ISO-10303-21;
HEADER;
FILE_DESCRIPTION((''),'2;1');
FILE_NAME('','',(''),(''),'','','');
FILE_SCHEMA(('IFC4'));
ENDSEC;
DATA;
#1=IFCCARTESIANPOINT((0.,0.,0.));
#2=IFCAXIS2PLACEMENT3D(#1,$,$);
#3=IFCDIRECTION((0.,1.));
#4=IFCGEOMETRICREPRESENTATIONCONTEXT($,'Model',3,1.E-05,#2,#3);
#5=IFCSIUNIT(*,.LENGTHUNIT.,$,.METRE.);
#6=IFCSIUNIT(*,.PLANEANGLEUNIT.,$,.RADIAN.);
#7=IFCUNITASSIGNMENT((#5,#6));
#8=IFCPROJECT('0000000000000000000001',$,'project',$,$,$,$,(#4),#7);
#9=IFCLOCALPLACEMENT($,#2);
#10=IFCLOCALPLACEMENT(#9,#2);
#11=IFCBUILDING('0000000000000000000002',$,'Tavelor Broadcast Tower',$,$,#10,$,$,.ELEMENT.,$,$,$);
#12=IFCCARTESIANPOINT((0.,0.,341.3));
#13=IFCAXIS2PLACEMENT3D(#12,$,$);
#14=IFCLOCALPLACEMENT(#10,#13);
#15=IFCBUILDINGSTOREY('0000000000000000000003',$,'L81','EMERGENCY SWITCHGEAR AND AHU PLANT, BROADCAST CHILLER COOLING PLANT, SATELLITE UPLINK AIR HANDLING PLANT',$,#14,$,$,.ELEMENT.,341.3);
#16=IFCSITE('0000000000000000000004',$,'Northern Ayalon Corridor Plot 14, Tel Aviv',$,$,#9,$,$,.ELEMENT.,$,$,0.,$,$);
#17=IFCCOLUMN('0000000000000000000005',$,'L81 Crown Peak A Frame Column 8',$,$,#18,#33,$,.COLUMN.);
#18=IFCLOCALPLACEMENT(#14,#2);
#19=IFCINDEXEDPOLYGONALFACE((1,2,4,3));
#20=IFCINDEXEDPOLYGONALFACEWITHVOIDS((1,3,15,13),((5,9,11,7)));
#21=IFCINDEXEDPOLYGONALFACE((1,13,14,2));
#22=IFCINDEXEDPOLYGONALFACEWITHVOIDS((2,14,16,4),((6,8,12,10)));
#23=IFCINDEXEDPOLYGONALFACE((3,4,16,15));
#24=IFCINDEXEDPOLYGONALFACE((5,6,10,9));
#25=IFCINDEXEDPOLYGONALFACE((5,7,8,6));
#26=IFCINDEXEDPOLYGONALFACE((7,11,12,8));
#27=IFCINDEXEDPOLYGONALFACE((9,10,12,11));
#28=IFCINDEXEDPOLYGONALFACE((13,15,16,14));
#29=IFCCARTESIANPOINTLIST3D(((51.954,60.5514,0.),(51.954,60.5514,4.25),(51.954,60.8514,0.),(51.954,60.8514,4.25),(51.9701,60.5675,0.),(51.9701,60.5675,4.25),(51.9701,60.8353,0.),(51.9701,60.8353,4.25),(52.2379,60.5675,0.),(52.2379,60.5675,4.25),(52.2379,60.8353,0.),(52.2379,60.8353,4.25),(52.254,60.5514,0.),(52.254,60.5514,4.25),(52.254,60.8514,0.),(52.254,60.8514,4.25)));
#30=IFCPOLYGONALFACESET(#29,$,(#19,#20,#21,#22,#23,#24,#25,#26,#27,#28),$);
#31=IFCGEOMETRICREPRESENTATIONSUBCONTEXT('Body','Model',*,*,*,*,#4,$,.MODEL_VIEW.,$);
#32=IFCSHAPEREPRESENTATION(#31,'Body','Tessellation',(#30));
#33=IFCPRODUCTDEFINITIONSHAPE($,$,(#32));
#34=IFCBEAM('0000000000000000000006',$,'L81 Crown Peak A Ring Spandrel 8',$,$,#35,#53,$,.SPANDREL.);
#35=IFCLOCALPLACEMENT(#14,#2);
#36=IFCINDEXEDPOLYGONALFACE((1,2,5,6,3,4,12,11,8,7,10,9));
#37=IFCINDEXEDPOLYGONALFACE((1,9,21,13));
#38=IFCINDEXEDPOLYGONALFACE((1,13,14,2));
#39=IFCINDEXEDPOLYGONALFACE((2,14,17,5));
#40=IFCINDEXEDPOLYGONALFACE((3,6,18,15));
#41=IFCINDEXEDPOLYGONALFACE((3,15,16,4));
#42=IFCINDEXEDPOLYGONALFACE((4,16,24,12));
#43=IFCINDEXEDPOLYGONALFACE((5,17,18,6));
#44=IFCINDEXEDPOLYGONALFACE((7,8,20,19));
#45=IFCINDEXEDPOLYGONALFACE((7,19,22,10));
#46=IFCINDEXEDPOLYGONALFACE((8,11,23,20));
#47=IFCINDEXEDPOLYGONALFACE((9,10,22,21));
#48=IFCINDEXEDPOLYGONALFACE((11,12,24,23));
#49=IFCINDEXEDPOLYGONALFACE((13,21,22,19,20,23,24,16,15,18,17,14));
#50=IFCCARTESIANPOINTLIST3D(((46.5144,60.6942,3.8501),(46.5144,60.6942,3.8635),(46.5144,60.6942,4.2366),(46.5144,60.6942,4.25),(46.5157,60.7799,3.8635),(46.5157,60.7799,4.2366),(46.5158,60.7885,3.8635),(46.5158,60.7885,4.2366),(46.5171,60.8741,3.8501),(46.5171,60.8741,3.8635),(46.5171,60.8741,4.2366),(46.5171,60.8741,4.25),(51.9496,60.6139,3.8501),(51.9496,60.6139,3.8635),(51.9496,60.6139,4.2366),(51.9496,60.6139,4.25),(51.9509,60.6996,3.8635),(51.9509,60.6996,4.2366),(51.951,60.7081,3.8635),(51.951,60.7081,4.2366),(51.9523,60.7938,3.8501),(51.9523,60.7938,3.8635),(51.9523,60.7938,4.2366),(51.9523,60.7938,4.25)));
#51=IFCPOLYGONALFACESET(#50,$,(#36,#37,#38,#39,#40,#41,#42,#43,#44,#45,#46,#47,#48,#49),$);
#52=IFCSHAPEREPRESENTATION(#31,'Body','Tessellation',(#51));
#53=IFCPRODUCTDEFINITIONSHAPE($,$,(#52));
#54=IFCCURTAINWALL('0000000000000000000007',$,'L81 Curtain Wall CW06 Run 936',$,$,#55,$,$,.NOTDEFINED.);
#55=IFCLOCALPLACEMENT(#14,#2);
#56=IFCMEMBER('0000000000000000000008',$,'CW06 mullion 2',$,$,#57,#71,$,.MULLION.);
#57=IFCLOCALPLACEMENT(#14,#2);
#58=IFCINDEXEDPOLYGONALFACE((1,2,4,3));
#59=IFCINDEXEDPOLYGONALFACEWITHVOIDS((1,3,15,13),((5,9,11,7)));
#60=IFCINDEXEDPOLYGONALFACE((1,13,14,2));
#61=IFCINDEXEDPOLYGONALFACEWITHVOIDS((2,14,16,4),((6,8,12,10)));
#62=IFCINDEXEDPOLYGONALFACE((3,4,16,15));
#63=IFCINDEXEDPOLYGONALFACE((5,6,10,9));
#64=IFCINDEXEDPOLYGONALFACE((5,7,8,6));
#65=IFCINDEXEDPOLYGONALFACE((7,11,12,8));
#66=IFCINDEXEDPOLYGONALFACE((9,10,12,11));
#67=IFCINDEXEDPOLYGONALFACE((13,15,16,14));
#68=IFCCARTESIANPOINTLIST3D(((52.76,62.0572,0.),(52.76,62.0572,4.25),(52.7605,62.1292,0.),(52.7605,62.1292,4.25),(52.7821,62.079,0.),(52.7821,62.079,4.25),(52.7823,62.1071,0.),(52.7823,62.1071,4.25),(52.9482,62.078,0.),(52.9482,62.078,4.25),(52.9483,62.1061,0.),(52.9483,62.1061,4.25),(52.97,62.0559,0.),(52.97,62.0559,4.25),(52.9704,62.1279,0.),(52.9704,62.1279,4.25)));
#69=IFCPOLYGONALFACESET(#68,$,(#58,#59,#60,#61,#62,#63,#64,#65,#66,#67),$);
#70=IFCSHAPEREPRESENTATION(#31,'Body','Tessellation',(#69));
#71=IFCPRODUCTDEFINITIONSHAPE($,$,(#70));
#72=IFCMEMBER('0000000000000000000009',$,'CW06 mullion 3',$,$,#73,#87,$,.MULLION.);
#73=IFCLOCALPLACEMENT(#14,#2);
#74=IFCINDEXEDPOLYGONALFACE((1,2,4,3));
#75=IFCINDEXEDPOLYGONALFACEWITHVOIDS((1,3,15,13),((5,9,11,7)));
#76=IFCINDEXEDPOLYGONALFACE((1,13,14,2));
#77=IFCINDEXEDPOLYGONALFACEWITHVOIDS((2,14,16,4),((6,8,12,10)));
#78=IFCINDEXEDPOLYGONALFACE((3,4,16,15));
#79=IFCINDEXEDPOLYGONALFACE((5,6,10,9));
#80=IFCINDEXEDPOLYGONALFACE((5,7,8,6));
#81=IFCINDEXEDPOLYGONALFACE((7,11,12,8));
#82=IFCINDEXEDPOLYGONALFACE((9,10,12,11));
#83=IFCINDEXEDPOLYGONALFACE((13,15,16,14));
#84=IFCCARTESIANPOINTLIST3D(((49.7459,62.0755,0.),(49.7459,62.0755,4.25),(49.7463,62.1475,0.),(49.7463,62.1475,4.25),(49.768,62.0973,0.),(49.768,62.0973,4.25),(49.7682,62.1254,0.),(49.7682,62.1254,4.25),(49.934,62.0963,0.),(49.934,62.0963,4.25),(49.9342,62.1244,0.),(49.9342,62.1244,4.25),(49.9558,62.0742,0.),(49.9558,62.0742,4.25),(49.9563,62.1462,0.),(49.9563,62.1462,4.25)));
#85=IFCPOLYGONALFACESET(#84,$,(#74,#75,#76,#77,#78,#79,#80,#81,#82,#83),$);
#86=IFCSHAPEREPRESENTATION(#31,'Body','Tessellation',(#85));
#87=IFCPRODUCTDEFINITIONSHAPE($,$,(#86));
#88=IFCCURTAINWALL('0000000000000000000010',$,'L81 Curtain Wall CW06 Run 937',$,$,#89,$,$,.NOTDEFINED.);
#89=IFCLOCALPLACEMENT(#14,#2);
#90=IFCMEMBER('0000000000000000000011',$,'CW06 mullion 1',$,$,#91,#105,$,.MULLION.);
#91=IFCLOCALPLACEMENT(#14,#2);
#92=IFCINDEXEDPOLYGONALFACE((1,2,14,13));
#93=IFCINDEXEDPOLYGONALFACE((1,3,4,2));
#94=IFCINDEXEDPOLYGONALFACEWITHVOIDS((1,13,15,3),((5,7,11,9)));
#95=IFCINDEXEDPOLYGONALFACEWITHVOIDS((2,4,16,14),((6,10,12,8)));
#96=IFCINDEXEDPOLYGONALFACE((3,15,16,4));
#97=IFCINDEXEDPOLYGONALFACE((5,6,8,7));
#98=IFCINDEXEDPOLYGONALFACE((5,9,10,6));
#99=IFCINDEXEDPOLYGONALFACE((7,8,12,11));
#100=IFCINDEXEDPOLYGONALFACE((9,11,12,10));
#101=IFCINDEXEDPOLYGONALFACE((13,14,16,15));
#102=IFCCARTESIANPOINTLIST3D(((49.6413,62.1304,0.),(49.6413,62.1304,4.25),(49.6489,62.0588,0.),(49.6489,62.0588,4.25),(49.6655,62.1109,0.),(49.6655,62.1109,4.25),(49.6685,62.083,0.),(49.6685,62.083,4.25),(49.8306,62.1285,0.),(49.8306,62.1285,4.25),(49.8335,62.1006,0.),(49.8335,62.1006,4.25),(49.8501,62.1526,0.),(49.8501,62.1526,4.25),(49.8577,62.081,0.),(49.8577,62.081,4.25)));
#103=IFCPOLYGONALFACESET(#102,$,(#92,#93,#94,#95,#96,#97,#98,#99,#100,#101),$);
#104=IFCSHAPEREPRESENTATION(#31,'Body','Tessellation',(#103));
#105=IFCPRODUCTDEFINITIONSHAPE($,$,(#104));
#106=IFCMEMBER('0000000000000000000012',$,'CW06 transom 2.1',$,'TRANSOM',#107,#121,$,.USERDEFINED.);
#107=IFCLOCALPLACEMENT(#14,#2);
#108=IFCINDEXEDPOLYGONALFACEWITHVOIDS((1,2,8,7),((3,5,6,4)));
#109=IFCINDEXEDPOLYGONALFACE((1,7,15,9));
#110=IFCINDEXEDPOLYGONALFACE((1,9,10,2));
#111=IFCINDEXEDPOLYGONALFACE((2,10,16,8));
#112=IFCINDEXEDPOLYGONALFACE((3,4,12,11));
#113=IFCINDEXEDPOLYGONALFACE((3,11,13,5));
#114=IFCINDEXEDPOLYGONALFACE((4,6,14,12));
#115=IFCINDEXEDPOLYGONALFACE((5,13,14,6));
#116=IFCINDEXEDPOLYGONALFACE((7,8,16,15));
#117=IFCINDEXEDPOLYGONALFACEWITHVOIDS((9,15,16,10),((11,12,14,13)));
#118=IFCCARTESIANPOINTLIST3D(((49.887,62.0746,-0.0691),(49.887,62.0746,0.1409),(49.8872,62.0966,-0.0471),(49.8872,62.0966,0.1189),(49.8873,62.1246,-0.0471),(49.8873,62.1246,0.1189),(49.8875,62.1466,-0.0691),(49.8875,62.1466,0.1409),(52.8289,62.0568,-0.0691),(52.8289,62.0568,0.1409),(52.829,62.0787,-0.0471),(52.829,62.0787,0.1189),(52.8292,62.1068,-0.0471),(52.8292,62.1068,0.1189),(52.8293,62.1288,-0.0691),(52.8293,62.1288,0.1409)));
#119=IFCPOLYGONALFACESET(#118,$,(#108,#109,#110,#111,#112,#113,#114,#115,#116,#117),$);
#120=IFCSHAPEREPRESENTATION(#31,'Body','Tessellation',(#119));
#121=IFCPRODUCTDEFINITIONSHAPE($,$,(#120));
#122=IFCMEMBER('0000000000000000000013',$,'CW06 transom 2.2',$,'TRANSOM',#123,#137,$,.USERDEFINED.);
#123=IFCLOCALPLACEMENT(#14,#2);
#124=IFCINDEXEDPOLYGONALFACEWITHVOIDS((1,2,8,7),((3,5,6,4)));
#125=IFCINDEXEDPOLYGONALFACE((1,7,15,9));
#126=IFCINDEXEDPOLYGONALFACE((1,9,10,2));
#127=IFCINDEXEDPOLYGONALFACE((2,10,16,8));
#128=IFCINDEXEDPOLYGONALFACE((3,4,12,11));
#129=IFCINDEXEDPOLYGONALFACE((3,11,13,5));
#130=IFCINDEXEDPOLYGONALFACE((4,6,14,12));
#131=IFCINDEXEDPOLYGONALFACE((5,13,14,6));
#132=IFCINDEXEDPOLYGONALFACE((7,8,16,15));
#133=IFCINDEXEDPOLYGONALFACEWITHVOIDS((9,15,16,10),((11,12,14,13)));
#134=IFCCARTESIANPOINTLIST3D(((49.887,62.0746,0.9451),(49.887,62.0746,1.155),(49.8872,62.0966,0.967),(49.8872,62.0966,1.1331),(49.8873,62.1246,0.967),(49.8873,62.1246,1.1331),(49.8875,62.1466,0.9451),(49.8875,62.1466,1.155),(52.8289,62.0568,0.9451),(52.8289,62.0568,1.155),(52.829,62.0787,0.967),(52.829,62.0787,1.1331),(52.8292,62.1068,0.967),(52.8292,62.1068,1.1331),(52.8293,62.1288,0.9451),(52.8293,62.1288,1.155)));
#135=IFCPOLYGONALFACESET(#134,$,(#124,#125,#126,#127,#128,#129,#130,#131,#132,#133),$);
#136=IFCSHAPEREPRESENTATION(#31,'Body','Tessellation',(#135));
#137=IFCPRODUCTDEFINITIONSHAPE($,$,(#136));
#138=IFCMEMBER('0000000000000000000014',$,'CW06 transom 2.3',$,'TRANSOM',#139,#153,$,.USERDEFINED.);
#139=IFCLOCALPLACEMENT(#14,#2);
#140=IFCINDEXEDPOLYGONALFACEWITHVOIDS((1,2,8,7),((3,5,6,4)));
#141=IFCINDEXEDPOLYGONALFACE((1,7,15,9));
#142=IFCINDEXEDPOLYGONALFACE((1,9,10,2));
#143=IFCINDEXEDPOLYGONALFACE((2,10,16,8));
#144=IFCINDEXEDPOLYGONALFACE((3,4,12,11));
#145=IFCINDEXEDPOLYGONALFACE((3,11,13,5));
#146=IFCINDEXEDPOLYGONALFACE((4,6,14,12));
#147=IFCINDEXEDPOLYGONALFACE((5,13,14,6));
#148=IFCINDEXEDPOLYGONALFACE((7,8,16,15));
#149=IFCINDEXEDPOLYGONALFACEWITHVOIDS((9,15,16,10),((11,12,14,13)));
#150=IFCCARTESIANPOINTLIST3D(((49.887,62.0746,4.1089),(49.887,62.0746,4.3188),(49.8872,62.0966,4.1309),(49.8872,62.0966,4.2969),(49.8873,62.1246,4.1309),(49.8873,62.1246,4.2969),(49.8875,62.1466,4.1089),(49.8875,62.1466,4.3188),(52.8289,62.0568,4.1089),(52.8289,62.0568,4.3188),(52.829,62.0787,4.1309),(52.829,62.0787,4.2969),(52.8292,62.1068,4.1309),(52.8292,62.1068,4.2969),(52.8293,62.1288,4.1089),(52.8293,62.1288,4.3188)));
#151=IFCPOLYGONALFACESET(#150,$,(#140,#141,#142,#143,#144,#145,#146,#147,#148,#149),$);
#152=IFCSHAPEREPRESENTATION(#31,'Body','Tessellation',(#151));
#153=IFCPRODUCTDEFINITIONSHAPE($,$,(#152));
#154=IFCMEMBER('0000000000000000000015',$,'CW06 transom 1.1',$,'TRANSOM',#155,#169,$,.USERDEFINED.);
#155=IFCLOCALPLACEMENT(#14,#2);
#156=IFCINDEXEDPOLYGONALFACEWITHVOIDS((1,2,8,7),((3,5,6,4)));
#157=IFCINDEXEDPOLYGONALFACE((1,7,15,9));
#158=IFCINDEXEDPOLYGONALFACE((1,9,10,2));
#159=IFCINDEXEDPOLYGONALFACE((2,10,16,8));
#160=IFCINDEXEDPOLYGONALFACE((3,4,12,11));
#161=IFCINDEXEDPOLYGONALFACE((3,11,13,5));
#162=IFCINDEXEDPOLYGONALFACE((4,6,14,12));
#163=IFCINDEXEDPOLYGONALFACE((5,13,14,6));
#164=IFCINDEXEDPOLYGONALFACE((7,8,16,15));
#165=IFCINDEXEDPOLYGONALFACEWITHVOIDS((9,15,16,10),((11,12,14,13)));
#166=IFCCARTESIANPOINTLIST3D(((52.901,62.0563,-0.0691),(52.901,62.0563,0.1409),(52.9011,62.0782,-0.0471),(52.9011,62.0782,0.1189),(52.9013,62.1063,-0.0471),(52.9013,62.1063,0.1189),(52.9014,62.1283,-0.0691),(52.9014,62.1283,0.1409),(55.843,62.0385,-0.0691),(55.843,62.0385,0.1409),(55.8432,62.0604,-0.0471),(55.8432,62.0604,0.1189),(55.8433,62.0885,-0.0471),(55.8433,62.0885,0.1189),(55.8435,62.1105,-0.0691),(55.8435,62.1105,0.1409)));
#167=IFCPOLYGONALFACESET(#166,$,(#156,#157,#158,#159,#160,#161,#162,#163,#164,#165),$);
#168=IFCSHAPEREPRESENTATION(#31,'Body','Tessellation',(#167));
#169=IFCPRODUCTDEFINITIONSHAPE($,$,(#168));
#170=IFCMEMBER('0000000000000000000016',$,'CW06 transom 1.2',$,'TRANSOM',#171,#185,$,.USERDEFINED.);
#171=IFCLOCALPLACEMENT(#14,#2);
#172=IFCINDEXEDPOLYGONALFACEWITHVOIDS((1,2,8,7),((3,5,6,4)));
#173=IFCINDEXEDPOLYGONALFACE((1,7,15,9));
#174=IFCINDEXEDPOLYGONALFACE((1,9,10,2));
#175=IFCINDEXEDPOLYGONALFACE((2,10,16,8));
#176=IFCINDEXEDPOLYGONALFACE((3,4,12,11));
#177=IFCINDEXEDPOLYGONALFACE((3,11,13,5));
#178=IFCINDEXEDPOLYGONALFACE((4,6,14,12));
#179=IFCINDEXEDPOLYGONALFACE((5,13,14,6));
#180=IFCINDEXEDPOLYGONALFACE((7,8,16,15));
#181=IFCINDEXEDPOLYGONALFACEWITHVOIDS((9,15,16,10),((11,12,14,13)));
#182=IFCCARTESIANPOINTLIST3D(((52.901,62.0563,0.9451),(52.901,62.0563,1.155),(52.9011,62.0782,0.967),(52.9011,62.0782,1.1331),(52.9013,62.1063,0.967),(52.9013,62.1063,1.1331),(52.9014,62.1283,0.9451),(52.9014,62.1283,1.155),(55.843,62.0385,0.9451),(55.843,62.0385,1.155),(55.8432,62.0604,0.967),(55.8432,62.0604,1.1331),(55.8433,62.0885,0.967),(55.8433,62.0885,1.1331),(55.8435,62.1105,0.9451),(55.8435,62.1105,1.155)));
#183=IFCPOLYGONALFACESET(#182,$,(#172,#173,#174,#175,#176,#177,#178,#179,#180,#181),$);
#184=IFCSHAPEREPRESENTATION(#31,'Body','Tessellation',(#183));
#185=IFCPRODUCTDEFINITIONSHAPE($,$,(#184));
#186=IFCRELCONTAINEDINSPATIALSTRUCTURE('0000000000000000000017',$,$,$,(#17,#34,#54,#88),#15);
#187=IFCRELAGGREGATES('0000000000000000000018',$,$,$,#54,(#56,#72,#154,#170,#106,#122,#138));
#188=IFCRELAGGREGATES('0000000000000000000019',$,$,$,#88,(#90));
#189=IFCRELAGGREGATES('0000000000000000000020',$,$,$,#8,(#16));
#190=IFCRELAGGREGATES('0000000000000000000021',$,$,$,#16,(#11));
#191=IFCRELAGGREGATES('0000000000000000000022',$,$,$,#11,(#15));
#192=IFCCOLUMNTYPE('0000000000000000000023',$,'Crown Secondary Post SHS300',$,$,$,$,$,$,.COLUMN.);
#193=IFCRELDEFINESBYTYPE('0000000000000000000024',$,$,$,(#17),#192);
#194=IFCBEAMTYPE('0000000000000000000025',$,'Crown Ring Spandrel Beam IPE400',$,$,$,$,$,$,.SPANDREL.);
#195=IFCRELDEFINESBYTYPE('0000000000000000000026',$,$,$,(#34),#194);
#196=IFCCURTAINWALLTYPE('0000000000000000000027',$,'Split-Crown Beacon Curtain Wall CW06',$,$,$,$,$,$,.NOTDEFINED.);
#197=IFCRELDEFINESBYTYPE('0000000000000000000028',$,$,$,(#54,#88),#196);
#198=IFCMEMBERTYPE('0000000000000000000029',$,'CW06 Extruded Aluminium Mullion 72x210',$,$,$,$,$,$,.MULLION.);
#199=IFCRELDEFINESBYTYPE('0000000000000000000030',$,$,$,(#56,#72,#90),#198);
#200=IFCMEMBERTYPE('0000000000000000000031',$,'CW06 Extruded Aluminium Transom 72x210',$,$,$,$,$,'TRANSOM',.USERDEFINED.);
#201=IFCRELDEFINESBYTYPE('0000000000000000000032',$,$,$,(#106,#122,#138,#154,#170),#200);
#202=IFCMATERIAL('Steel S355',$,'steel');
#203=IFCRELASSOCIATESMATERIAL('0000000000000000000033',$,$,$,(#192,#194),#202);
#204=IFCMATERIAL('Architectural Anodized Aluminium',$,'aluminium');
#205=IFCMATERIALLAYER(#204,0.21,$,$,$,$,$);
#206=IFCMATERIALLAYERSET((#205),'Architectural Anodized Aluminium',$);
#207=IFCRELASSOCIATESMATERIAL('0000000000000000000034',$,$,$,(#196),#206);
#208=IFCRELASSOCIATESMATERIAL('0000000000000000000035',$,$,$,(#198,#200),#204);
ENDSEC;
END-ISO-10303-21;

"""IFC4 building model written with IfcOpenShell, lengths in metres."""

from ifc_helpers import new_model, si_unit, direction, frame, origin, origin_2d, place, context, subcontext, project, spatial, hollow_rectangle, i_section, extrude, source, transform, mapped, material, layer, layer_set, material_profile, profile_set, type_object, type_shapes, element, aggregate, save


model = new_model("IFC4")

# Units and contexts
model_context = context("Model", 3, precision=1e-05, world=origin(), true_north=direction((0.0, 1.0)))
body_context = subcontext(model_context, "Body", "Model", "MODEL_VIEW")
ifc_project = project(units=[si_unit("LENGTHUNIT", "METRE"), si_unit("PLANEANGLEUNIT", "RADIAN")], contexts=[model_context])

# Site, building, storey
site_placement = place(None, origin())
site = spatial("IfcSite", under=ifc_project, at=site_placement, Name="Northern Ayalon Corridor Plot 14, Tel Aviv", CompositionType="ELEMENT", RefElevation=0.0)
building_placement = place(site_placement, origin())
building = spatial("IfcBuilding", under=site, at=building_placement, Name="Tavelor Broadcast Tower", CompositionType="ELEMENT")
storey_placement = place(building_placement, frame((0.0, 0.0, 341.3)))
storey = spatial("IfcBuildingStorey", under=building, at=storey_placement, Name="L81", Description="EMERGENCY SWITCHGEAR AND AHU PLANT, BROADCAST CHILLER COOLING PLANT, SATELLITE UPLINK AIR HANDLING PLANT", CompositionType="ELEMENT", Elevation=341.3)

# Column
ifc_material_1 = material(Name="Steel S355", Category="steel")
ifc_material_profile_1 = material_profile(ifc_material_1, hollow_rectangle(XDim=0.3, YDim=0.3, WallThickness=0.0161, at=origin_2d()), Name="SHS 300x300x16")
ifc_profile_set_1 = profile_set([ifc_material_profile_1], Name="Steel S355")
column_type = type_object("IfcColumnType", Name="Crown Secondary Post SHS300", PredefinedType="COLUMN", material=ifc_profile_set_1)
column_placement = place(storey_placement, frame((52.104, 60.7014, 0.0), z_axis=(0.0, 0.0, 1.0), x_axis=(1.0, 0.0, 0.0)))
element("IfcColumn", 1, at=column_placement, inside=storey, type_object=column_type, Name="L81 Crown Peak A Frame Column 8", PredefinedType="COLUMN", context=body_context, shape_type="SweptSolid", body=[
    extrude(hollow_rectangle(XDim=0.3, YDim=0.3, WallThickness=0.0161, at=origin_2d()), origin(), (0.0, 0.0, 1.0), 4.25),
])

# Beam
ifc_material_profile_2 = material_profile(ifc_material_1, i_section(OverallWidth=0.1799, OverallDepth=0.3999, WebThickness=0.0085, FlangeThickness=0.0134, at=origin_2d()), Name="IPE 400")
ifc_profile_set_2 = profile_set([ifc_material_profile_2], Name="Steel S355")
beam_type = type_object("IfcBeamType", Name="Crown Ring Spandrel Beam IPE400", PredefinedType="SPANDREL", material=ifc_profile_set_2)
beam_placement = place(storey_placement, frame((51.9509, 60.7039, 4.05), z_axis=(-0.999891, 0.014776, 0.0), x_axis=(-0.014776, -0.999891, 0.0)))
element("IfcBeam", 2, at=beam_placement, inside=storey, type_object=beam_type, Name="L81 Crown Peak A Ring Spandrel 8", PredefinedType="SPANDREL", context=body_context, shape_type="SweptSolid", body=[
    extrude(i_section(OverallWidth=0.1799, OverallDepth=0.3999, WebThickness=0.0085, FlangeThickness=0.0134, at=origin_2d()), origin(), (0.0, 0.0, 1.0), 5.4358),
])

# Curtain wall, members
ifc_material_2 = material(Name="Architectural Anodized Aluminium", Category="aluminium")
ifc_layer_1 = layer(ifc_material_2, 0.21)
ifc_layer_set_1 = layer_set([ifc_layer_1], Name="Architectural Anodized Aluminium")
curtain_wall_type = type_object("IfcCurtainWallType", Name="Split-Crown Beacon Curtain Wall CW06", PredefinedType="NOTDEFINED", material=ifc_layer_set_1)
curtain_wall_1_placement = place(storey_placement, origin())
curtain_wall_1 = element("IfcCurtainWall", 3, at=curtain_wall_1_placement, inside=storey, type_object=curtain_wall_type, Name="L81 Curtain Wall CW06 Run 936", PredefinedType="NOTDEFINED")
ifc_material_profile_3 = material_profile(ifc_material_2, hollow_rectangle(XDim=0.072, YDim=0.21, WallThickness=0.022, at=origin_2d()), Name="RHS 72x210x22")
ifc_profile_set_3 = profile_set([ifc_material_profile_3], Name="Architectural Anodized Aluminium")
member_type_1 = type_object("IfcMemberType", Name="CW06 Extruded Aluminium Mullion 72x210", PredefinedType="MULLION", material=ifc_profile_set_3)
shared_shape_1 = source(origin(), body_context, "Body", "SweptSolid", [
    extrude(hollow_rectangle(XDim=0.072, YDim=0.21, WallThickness=0.022, at=origin_2d()), origin(), (0.0, 0.0, 1.0), 4.25),
])
type_shapes(member_type_1, [shared_shape_1])
member_1_placement = place(storey_placement, frame((52.8652, 62.0925, 0.0), z_axis=(0.0, 0.0, 1.0), x_axis=(-0.006082, -0.999982, 0.0)))
member_1 = element("IfcMember", 4, at=member_1_placement, type_object=member_type_1, Name="CW06 mullion 2", PredefinedType="MULLION", context=body_context, shape_type="MappedRepresentation", body=[
    mapped(shared_shape_1, transform((0.0, 0.0, 0.0), scale=1.0)),
])
member_2_placement = place(storey_placement, frame((49.8511, 62.1108, 0.0), z_axis=(0.0, 0.0, 1.0), x_axis=(-0.006082, -0.999982, 0.0)))
member_2 = element("IfcMember", 5, at=member_2_placement, type_object=member_type_1, Name="CW06 mullion 3", PredefinedType="MULLION", context=body_context, shape_type="MappedRepresentation", body=[
    mapped(shared_shape_1, transform((0.0, 0.0, 0.0), scale=1.0)),
])

# Curtain wall, member
curtain_wall_2_placement = place(storey_placement, origin())
curtain_wall_2 = element("IfcCurtainWall", 6, at=curtain_wall_2_placement, inside=storey, type_object=curtain_wall_type, Name="L81 Curtain Wall CW06 Run 937", PredefinedType="NOTDEFINED")
member_3_placement = place(storey_placement, frame((49.7495, 62.1057, 0.0), z_axis=(0.0, 0.0, 1.0), x_axis=(0.105995, -0.994367, 0.0)))
member_3 = element("IfcMember", 7, at=member_3_placement, type_object=member_type_1, Name="CW06 mullion 1", PredefinedType="MULLION", context=body_context, shape_type="MappedRepresentation", body=[
    mapped(shared_shape_1, transform((0.0, 0.0, 0.0), scale=1.0)),
])

# Members
ifc_material_profile_4 = material_profile(ifc_material_2, hollow_rectangle(XDim=0.072, YDim=0.21, WallThickness=0.022, at=origin_2d()), Name="RHS 72x210x22")
ifc_profile_set_4 = profile_set([ifc_material_profile_4], Name="Architectural Anodized Aluminium")
member_type_2 = type_object("IfcMemberType", Name="CW06 Extruded Aluminium Transom 72x210", ElementType="TRANSOM", PredefinedType="USERDEFINED", material=ifc_profile_set_4)
shared_shape_2 = source(origin(), body_context, "Body", "SweptSolid", [
    extrude(hollow_rectangle(XDim=0.072, YDim=0.21, WallThickness=0.022, at=origin_2d()), origin(), (0.0, 0.0, 1.0), 2.9419),
])
member_4_placement = place(storey_placement, frame((52.8291, 62.0928, 0.0359), z_axis=(-0.999982, 0.006058, 0.0), x_axis=(-0.006058, -0.999982, 0.0)))
member_4 = element("IfcMember", 8, at=member_4_placement, type_object=member_type_2, Name="CW06 transom 2.1", ObjectType="TRANSOM", PredefinedType="USERDEFINED", context=body_context, shape_type="MappedRepresentation", body=[
    mapped(shared_shape_2, transform((0.0, 0.0, 0.0), scale=1.0)),
])
member_5_placement = place(storey_placement, frame((52.8291, 62.0928, 1.05), z_axis=(-0.999982, 0.006058, 0.0), x_axis=(-0.006058, -0.999982, 0.0)))
member_5 = element("IfcMember", 9, at=member_5_placement, type_object=member_type_2, Name="CW06 transom 2.2", ObjectType="TRANSOM", PredefinedType="USERDEFINED", context=body_context, shape_type="MappedRepresentation", body=[
    mapped(shared_shape_2, transform((0.0, 0.0, 0.0), scale=1.0)),
])
member_6_placement = place(storey_placement, frame((52.8291, 62.0928, 4.2139), z_axis=(-0.999982, 0.006058, 0.0), x_axis=(-0.006058, -0.999982, 0.0)))
member_6 = element("IfcMember", 10, at=member_6_placement, type_object=member_type_2, Name="CW06 transom 2.3", ObjectType="TRANSOM", PredefinedType="USERDEFINED", context=body_context, shape_type="MappedRepresentation", body=[
    mapped(shared_shape_2, transform((0.0, 0.0, 0.0), scale=1.0)),
])
shared_shape_3 = source(origin(), body_context, "Body", "SweptSolid", [
    extrude(hollow_rectangle(XDim=0.072, YDim=0.21, WallThickness=0.022, at=origin_2d()), origin(), (0.0, 0.0, 1.0), 2.9421),
])
type_shapes(member_type_2, [shared_shape_2, shared_shape_3])
member_7_placement = place(storey_placement, frame((55.8433, 62.0745, 0.0359), z_axis=(-0.999982, 0.006057, 0.0), x_axis=(-0.006057, -0.999982, 0.0)))
member_7 = element("IfcMember", 11, at=member_7_placement, type_object=member_type_2, Name="CW06 transom 1.1", ObjectType="TRANSOM", PredefinedType="USERDEFINED", context=body_context, shape_type="MappedRepresentation", body=[
    mapped(shared_shape_3, transform((0.0, 0.0, 0.0), scale=1.0)),
])
member_8_placement = place(storey_placement, frame((55.8433, 62.0745, 1.05), z_axis=(-0.999982, 0.006057, 0.0), x_axis=(-0.006057, -0.999982, 0.0)))
member_8 = element("IfcMember", 12, at=member_8_placement, type_object=member_type_2, Name="CW06 transom 1.2", ObjectType="TRANSOM", PredefinedType="USERDEFINED", context=body_context, shape_type="MappedRepresentation", body=[
    mapped(shared_shape_3, transform((0.0, 0.0, 0.0), scale=1.0)),
])

aggregate(curtain_wall_1, [member_1, member_2, member_7, member_8, member_4, member_5, member_6])
aggregate(curtain_wall_2, [member_3])

save(model, "model.ifc")
